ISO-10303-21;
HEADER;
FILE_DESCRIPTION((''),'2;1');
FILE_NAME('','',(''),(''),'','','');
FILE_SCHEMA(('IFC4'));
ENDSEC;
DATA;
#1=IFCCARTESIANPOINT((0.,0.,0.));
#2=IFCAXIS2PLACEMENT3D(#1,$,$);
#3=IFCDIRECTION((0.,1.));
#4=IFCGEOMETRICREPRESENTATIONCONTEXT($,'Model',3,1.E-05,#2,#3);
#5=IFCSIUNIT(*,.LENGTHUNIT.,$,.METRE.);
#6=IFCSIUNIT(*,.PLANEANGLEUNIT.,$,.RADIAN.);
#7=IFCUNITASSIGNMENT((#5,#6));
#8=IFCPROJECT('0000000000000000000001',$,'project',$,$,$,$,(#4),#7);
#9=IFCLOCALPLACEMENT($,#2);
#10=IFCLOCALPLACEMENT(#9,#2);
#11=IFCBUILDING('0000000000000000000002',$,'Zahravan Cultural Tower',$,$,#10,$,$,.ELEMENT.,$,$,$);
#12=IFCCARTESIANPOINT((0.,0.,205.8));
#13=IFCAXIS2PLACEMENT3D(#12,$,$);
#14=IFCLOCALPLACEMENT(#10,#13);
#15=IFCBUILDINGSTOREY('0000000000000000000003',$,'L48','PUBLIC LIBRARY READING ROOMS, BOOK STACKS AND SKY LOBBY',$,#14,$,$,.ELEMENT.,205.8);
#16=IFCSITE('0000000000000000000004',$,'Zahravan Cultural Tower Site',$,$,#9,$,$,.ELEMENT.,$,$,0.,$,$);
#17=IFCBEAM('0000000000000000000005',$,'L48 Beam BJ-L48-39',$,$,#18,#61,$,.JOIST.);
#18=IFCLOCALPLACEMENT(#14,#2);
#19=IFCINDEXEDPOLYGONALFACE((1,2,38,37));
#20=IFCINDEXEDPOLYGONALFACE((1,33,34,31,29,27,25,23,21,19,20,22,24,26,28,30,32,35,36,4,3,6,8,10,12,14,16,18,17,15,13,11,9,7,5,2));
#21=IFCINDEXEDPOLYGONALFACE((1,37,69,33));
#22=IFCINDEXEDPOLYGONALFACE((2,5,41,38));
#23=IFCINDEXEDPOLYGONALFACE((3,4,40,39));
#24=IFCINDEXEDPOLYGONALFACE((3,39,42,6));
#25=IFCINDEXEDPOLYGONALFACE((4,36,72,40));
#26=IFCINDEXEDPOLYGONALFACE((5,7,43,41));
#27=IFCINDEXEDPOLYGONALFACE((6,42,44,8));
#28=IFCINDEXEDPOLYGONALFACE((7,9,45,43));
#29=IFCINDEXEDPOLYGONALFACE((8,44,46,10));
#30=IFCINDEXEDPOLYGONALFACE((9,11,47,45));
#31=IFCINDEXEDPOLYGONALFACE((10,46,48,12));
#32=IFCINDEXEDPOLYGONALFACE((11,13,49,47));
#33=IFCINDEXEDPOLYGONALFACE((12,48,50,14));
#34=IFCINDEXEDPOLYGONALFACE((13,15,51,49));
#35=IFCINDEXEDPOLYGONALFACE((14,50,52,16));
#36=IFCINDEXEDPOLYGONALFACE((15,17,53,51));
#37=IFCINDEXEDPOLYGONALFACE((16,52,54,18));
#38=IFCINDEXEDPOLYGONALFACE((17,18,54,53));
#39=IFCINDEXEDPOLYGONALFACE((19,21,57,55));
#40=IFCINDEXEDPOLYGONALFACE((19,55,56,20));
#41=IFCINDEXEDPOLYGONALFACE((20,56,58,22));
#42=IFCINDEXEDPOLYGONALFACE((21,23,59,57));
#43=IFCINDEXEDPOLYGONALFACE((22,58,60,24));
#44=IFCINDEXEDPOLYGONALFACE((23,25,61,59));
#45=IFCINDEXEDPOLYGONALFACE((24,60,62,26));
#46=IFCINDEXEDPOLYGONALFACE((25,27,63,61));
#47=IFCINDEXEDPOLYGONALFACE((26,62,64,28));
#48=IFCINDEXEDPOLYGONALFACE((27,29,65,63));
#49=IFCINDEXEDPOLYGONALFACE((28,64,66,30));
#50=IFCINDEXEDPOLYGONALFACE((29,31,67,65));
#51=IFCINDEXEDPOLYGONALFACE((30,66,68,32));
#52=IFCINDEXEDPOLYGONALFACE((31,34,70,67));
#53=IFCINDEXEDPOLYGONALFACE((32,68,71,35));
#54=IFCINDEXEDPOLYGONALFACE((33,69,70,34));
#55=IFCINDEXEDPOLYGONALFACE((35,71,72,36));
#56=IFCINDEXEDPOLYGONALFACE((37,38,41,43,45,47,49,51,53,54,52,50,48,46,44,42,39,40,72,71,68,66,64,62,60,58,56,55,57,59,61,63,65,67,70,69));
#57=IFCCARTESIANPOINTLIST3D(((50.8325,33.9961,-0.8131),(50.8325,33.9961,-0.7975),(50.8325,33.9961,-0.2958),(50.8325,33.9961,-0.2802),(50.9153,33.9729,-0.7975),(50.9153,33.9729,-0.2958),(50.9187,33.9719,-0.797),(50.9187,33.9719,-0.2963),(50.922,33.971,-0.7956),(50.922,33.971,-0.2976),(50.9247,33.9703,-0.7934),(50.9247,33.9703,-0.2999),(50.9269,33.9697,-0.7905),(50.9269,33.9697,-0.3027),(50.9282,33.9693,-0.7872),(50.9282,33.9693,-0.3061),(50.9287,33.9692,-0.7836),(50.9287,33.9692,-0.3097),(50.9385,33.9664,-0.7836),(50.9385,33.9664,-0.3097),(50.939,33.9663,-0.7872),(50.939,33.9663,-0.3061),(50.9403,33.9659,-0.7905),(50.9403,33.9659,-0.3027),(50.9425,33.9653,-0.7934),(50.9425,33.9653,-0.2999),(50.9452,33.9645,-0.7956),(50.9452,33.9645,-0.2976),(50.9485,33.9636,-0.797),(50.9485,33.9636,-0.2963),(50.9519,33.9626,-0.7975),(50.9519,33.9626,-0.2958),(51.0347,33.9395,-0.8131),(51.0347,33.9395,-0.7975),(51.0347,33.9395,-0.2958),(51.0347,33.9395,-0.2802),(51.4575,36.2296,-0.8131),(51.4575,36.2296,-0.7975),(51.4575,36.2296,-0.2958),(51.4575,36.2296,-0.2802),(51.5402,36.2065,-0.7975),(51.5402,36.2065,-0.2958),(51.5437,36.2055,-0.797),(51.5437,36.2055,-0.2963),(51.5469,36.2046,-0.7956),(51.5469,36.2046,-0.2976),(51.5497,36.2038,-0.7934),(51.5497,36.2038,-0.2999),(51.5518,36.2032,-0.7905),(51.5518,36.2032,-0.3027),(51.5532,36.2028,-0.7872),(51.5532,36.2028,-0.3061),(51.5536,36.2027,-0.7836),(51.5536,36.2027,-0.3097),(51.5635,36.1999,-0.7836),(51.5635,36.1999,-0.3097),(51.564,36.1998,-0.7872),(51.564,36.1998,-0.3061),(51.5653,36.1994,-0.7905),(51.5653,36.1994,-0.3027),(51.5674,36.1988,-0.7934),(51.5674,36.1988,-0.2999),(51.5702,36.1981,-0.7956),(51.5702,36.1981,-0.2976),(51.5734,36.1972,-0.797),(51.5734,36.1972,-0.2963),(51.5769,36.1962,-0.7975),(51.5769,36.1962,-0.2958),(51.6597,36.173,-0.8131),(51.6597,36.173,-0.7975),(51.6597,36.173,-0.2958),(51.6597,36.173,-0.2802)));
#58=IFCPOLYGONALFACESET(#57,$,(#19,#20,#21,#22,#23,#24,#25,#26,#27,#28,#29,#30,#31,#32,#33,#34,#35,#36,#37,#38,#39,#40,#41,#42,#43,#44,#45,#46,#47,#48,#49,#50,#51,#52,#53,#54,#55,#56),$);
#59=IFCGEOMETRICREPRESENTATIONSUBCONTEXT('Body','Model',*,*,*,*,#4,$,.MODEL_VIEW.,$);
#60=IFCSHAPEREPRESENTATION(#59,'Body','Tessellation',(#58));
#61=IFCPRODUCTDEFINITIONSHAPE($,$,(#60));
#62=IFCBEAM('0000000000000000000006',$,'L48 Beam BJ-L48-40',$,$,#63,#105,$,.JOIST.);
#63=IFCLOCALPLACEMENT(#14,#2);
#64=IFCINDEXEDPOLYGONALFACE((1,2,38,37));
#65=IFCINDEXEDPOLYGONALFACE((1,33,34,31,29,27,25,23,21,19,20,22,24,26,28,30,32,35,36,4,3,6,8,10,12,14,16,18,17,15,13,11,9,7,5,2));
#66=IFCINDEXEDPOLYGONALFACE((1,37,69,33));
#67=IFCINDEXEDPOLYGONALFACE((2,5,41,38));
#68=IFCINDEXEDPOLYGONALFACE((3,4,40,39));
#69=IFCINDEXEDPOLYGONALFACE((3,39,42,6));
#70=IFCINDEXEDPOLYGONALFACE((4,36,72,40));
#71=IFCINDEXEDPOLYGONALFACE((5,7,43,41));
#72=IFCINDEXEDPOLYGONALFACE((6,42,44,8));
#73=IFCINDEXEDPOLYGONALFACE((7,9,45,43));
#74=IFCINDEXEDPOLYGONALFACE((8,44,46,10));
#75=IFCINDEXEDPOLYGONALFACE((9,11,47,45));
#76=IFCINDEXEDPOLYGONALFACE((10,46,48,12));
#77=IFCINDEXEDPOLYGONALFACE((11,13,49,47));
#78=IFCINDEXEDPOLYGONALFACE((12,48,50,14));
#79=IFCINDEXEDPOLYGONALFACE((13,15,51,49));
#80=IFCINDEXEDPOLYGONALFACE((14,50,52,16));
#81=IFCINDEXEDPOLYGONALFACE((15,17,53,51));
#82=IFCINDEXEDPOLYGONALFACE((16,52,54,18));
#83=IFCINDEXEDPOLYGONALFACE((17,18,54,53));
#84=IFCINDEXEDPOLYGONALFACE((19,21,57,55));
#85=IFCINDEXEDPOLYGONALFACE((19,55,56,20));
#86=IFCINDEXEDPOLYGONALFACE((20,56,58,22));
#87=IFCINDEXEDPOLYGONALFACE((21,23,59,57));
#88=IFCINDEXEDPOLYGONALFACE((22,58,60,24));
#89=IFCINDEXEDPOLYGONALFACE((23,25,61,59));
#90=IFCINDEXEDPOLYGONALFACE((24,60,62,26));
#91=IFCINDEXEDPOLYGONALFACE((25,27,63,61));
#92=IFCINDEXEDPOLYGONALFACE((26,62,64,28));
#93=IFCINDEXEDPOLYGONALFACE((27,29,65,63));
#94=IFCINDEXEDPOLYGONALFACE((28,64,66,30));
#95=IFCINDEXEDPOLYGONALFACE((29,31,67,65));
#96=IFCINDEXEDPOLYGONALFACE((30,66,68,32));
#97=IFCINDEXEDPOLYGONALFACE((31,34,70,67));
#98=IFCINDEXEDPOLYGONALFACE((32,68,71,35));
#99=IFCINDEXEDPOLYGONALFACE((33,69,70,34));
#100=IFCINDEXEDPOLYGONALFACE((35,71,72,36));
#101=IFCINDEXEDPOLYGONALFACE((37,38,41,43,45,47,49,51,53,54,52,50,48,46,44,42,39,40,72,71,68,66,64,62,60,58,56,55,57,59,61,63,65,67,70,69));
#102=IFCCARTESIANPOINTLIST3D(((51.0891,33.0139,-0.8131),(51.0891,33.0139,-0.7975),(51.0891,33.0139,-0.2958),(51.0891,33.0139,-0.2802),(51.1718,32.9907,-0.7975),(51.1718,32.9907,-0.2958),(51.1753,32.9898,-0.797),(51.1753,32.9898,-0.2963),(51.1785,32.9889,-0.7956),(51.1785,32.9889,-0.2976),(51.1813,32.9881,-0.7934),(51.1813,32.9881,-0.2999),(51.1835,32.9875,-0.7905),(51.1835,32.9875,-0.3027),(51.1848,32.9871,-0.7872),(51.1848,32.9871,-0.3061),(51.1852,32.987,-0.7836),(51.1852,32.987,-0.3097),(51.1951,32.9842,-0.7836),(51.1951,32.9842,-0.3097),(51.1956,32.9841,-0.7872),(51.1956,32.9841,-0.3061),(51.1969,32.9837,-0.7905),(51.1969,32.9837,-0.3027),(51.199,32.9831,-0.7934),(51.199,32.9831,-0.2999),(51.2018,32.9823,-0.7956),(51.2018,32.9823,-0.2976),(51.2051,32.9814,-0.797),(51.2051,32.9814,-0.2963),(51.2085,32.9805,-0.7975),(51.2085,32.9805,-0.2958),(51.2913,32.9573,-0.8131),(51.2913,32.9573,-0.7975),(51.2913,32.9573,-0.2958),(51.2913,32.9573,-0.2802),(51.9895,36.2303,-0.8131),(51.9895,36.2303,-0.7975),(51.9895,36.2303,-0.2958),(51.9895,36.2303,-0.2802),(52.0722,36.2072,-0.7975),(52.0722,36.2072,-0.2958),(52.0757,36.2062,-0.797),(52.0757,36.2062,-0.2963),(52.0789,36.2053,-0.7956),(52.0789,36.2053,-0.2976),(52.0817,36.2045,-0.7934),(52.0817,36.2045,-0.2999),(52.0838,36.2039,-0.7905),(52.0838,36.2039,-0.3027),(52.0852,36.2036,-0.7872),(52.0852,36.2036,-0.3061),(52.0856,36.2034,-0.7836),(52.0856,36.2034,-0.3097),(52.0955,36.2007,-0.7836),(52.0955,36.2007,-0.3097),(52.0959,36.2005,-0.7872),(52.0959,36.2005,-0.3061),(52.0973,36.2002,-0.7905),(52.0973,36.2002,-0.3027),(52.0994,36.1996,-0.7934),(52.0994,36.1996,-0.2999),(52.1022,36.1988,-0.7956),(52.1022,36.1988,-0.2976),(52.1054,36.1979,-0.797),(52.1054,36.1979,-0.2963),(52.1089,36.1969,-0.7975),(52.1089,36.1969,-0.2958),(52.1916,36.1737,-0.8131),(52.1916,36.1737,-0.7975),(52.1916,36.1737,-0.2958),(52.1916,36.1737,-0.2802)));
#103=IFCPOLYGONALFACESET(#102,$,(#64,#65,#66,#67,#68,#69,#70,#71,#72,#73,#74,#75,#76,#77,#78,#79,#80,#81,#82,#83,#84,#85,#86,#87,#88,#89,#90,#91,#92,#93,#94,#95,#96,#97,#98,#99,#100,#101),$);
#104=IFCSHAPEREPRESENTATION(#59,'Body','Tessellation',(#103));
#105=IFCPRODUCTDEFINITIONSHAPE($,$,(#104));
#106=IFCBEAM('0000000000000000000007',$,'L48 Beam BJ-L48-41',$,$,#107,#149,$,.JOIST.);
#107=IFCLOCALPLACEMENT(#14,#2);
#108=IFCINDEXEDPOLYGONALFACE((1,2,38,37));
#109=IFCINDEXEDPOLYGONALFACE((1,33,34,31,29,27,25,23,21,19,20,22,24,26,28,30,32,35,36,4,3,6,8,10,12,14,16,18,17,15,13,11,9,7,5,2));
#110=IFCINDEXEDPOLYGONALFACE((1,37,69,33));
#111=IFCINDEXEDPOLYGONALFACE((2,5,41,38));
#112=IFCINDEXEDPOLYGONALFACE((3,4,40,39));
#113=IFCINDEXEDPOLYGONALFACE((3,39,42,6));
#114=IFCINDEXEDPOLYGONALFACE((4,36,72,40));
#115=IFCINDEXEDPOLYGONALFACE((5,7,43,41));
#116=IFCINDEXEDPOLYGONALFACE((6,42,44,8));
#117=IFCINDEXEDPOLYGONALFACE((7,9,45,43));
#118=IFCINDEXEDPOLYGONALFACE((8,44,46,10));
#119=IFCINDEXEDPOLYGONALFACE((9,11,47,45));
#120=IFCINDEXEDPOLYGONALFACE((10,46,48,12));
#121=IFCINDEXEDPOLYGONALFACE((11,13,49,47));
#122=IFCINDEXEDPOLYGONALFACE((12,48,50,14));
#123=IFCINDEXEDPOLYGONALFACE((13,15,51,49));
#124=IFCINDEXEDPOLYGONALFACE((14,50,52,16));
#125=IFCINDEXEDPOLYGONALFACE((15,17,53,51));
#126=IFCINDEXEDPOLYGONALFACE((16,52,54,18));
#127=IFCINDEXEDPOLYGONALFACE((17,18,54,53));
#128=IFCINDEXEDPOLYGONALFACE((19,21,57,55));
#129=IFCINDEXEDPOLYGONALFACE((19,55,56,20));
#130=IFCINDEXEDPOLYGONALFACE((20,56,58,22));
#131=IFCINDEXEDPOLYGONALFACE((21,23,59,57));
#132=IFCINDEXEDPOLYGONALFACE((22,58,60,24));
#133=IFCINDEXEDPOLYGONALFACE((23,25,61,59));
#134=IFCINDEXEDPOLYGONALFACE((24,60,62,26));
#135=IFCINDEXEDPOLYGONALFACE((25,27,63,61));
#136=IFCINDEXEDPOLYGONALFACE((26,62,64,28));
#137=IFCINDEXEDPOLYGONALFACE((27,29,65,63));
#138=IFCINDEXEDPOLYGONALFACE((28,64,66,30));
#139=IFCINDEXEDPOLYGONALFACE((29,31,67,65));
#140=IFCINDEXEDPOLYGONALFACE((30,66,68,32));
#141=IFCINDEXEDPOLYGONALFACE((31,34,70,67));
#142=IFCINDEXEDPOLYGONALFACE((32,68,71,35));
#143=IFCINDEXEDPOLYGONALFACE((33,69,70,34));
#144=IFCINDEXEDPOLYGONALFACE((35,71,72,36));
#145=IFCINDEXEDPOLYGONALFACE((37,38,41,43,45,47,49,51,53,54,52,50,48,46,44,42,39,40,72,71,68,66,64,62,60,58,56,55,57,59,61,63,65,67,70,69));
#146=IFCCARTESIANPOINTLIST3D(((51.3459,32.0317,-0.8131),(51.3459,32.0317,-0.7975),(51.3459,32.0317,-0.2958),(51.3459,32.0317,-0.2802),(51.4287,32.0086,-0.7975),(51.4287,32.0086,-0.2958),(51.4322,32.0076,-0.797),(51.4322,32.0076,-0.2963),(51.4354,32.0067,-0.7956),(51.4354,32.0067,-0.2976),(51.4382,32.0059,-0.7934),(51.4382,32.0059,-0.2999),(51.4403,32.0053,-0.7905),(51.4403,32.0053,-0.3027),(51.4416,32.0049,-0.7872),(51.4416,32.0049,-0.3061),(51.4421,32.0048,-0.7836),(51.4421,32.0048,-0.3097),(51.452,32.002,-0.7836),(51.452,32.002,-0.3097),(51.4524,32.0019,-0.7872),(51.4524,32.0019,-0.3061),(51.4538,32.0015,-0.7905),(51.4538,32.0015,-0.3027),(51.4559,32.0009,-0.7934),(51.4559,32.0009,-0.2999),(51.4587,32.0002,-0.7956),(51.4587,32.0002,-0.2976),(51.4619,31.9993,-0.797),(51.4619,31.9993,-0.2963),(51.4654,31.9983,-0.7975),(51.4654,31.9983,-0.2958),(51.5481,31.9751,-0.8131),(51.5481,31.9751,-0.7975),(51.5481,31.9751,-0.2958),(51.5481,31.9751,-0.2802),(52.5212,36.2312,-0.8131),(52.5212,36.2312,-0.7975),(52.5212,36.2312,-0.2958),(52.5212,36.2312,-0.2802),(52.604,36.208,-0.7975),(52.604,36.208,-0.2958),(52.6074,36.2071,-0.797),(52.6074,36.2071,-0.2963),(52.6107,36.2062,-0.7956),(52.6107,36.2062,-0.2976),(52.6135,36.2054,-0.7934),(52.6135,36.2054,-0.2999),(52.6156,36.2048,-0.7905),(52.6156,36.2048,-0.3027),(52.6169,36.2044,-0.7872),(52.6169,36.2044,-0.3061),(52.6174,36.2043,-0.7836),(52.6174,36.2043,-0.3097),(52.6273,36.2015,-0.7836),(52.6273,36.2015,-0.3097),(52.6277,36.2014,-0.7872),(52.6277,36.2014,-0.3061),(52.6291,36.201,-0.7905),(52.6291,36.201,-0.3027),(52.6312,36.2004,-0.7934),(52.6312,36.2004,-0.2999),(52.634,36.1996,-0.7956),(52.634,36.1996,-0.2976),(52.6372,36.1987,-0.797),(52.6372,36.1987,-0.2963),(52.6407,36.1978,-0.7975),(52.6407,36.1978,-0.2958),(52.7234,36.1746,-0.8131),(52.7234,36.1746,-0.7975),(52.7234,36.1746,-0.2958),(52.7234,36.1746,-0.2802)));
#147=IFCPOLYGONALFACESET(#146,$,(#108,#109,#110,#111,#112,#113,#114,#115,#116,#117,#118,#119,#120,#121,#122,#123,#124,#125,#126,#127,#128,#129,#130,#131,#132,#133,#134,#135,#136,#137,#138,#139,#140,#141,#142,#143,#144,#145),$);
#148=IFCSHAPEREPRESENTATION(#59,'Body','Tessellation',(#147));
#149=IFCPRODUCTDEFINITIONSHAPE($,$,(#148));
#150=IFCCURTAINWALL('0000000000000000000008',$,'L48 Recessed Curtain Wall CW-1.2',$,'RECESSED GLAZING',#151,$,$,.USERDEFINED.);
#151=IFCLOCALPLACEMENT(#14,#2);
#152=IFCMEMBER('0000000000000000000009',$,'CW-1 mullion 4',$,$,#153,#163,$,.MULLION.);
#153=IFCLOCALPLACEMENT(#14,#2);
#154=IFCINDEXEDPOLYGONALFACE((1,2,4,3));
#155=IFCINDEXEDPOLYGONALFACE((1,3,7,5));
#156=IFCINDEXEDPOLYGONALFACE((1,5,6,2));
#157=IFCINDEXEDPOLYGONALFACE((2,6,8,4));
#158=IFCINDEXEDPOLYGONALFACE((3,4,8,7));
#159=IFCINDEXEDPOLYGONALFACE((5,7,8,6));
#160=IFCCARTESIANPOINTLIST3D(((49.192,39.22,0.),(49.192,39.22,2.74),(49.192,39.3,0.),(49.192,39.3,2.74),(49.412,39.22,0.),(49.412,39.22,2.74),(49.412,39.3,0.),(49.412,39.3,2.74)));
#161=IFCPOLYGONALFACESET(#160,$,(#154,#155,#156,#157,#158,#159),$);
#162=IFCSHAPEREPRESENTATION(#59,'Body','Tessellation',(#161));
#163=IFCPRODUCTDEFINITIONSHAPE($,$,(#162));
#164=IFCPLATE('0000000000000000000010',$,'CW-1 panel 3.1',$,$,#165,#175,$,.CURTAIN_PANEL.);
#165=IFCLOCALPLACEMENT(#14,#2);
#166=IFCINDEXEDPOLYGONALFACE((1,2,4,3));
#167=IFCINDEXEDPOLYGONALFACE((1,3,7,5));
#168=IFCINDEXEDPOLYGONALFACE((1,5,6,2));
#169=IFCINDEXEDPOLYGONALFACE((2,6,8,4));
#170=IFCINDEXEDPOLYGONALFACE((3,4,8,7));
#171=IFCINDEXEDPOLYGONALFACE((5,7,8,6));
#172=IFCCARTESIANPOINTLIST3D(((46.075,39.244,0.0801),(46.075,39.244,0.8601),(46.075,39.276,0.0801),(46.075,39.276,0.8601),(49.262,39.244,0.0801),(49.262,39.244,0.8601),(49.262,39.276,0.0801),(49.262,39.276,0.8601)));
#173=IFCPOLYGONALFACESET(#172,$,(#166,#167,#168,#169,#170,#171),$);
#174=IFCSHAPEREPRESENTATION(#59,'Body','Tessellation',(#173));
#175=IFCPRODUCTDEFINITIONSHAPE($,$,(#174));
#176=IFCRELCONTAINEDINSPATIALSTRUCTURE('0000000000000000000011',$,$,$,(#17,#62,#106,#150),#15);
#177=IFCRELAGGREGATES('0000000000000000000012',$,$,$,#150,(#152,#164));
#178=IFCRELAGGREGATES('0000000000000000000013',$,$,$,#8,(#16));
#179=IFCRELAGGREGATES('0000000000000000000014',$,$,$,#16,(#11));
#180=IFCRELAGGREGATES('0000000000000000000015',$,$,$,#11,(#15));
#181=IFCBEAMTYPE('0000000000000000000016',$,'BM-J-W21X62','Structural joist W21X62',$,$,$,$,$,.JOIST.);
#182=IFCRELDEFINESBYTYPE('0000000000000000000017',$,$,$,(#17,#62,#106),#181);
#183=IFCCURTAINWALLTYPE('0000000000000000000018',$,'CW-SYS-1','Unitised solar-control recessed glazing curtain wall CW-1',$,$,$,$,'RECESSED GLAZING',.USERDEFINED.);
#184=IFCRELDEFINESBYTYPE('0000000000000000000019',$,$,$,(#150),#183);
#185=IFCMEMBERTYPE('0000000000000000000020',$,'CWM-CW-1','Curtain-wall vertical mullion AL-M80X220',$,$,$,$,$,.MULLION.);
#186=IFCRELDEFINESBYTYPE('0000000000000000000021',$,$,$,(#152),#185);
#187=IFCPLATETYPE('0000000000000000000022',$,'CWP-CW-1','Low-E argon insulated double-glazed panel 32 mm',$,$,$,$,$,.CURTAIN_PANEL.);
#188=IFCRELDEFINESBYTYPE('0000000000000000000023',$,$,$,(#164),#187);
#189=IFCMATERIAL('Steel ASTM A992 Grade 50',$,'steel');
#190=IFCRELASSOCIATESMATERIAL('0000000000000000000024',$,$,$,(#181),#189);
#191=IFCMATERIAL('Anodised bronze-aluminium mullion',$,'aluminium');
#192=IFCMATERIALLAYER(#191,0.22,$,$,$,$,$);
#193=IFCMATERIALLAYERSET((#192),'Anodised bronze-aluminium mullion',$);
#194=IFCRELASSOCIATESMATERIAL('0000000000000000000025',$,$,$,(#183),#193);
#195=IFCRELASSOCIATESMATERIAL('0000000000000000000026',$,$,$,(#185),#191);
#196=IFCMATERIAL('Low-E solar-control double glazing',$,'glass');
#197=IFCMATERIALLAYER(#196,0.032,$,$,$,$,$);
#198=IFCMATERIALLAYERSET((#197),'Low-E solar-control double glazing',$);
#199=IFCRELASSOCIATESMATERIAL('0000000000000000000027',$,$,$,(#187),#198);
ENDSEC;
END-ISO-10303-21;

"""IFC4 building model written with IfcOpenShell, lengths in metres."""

from ifc_helpers import new_model, si_unit, direction, frame, origin, origin_2d, place, context, subcontext, project, spatial, rectangle, i_section, extrude, source, transform, mapped, material, layer, layer_set, material_profile, profile_set, type_object, element, aggregate, save


model = new_model("IFC4")

# Units and contexts
model_context = context("Model", 3, precision=1e-05, world=origin(), true_north=direction((0.0, 1.0)))
body_context = subcontext(model_context, "Body", "Model", "MODEL_VIEW")
ifc_project = project(units=[si_unit("LENGTHUNIT", "METRE"), si_unit("PLANEANGLEUNIT", "RADIAN")], contexts=[model_context])

# Site, building, storey
site_placement = place(None, origin())
site = spatial("IfcSite", under=ifc_project, at=site_placement, Name="Zahravan Cultural Tower Site", CompositionType="ELEMENT", RefElevation=0.0)
building_placement = place(site_placement, origin())
building = spatial("IfcBuilding", under=site, at=building_placement, Name="Zahravan Cultural Tower", CompositionType="ELEMENT")
storey_placement = place(building_placement, frame((0.0, 0.0, 205.8)))
storey = spatial("IfcBuildingStorey", under=building, at=storey_placement, Name="L48", Description="PUBLIC LIBRARY READING ROOMS, BOOK STACKS AND SKY LOBBY", CompositionType="ELEMENT", Elevation=205.8)

# Beams
ifc_material_1 = material(Name="Steel ASTM A992 Grade 50", Category="steel")
ifc_material_profile_1 = material_profile(ifc_material_1, i_section(OverallWidth=0.21, OverallDepth=0.533, WebThickness=0.0103, FlangeThickness=0.0156, FilletRadius=0.0139, at=origin_2d()), Name="W21X62")
ifc_profile_set_1 = profile_set([ifc_material_profile_1], Name="Steel ASTM A992 Grade 50")
beam_type_1 = type_object("IfcBeamType", Name="BM-J-W21X62", Description="Structural joist W21X62", PredefinedType="JOIST", material=ifc_profile_set_1)
shared_shape_1 = source(origin(), body_context, "Body", "SweptSolid", [
    extrude(i_section(OverallWidth=0.21, OverallDepth=0.533, WebThickness=0.0103, FlangeThickness=0.0156, FilletRadius=0.0139, at=origin_2d()), origin(), (0.0, 0.0, 1.0), 2.3193),
])
beam_1_placement = place(storey_placement, frame((50.9336, 33.9678, -0.5466), z_axis=(0.269462, 0.963011, 0.0), x_axis=(-0.963011, 0.269462, 0.0)))
element("IfcBeam", 1, at=beam_1_placement, inside=storey, type_object=beam_type_1, Name="L48 Beam BJ-L48-39", PredefinedType="JOIST", context=body_context, shape_type="MappedRepresentation", body=[
    mapped(shared_shape_1, transform((0.0, 0.0, 0.0), x_axis=(1.0, 0.0, 0.0), y_axis=(0.0, 1.0, 0.0), z_axis=(0.0, 0.0, 1.0), scale=1.0)),
])
shared_shape_2 = source(origin(), body_context, "Body", "SweptSolid", [
    extrude(i_section(OverallWidth=0.21, OverallDepth=0.533, WebThickness=0.0103, FlangeThickness=0.0156, FilletRadius=0.0139, at=origin_2d()), origin(), (0.0, 0.0, 1.0), 3.3401),
])
beam_2_placement = place(storey_placement, frame((51.1902, 32.9856, -0.5466), z_axis=(0.269562, 0.962983, 0.0), x_axis=(-0.962983, 0.269562, 0.0)))
element("IfcBeam", 2, at=beam_2_placement, inside=storey, type_object=beam_type_1, Name="L48 Beam BJ-L48-40", PredefinedType="JOIST", context=body_context, shape_type="MappedRepresentation", body=[
    mapped(shared_shape_2, transform((0.0, 0.0, 0.0), x_axis=(1.0, 0.0, 0.0), y_axis=(0.0, 1.0, 0.0), z_axis=(0.0, 0.0, 1.0), scale=1.0)),
])
shared_shape_3 = source(origin(), body_context, "Body", "SweptSolid", [
    extrude(i_section(OverallWidth=0.21, OverallDepth=0.533, WebThickness=0.0103, FlangeThickness=0.0156, FilletRadius=0.0139, at=origin_2d()), origin(), (0.0, 0.0, 1.0), 4.3608),
])
beam_3_placement = place(storey_placement, frame((51.447, 32.0034, -0.5466), z_axis=(0.269512, 0.962997, 0.0), x_axis=(-0.962997, 0.269512, 0.0)))
element("IfcBeam", 3, at=beam_3_placement, inside=storey, type_object=beam_type_1, Name="L48 Beam BJ-L48-41", PredefinedType="JOIST", context=body_context, shape_type="MappedRepresentation", body=[
    mapped(shared_shape_3, transform((0.0, 0.0, 0.0), x_axis=(1.0, 0.0, 0.0), y_axis=(0.0, 1.0, 0.0), z_axis=(0.0, 0.0, 1.0), scale=1.0)),
])

# Curtain wall, member, plate
ifc_material_2 = material(Name="Anodised bronze-aluminium mullion", Category="aluminium")
ifc_layer_1 = layer(ifc_material_2, 0.22)
ifc_layer_set_1 = layer_set([ifc_layer_1], Name="Anodised bronze-aluminium mullion")
curtain_wall_type = type_object("IfcCurtainWallType", Name="CW-SYS-1", Description="Unitised solar-control recessed glazing curtain wall CW-1", ElementType="RECESSED GLAZING", PredefinedType="USERDEFINED", material=ifc_layer_set_1)
curtain_wall_placement = place(storey_placement, origin())
curtain_wall = element("IfcCurtainWall", 4, at=curtain_wall_placement, inside=storey, type_object=curtain_wall_type, Name="L48 Recessed Curtain Wall CW-1.2", ObjectType="RECESSED GLAZING", PredefinedType="USERDEFINED")
ifc_material_profile_2 = material_profile(ifc_material_2, rectangle(XDim=0.0801, YDim=0.22, at=origin_2d()), Name="AL-M80X220")
ifc_profile_set_2 = profile_set([ifc_material_profile_2], Name="Anodised bronze-aluminium mullion")
member_type = type_object("IfcMemberType", Name="CWM-CW-1", Description="Curtain-wall vertical mullion AL-M80X220", PredefinedType="MULLION", material=ifc_profile_set_2)
shared_shape_4 = source(origin(), body_context, "Body", "SweptSolid", [
    extrude(rectangle(XDim=0.0801, YDim=0.22, at=origin_2d()), origin(), (0.0, 0.0, 1.0), 2.74),
])
member_placement = place(storey_placement, frame((49.302, 39.26, 0.0), z_axis=(0.0, 0.0, 1.0), x_axis=(0.0, 1.0, 0.0)))
member = element("IfcMember", 5, at=member_placement, type_object=member_type, Name="CW-1 mullion 4", PredefinedType="MULLION", context=body_context, shape_type="MappedRepresentation", body=[
    mapped(shared_shape_4, transform((0.0, 0.0, 0.0), x_axis=(1.0, 0.0, 0.0), y_axis=(0.0, 1.0, 0.0), z_axis=(0.0, 0.0, 1.0), scale=1.0)),
])
ifc_material_3 = material(Name="Low-E solar-control double glazing", Category="glass")
ifc_layer_2 = layer(ifc_material_3, 0.032)
ifc_layer_set_2 = layer_set([ifc_layer_2], Name="Low-E solar-control double glazing")
plate_type = type_object("IfcPlateType", Name="CWP-CW-1", Description="Low-E argon insulated double-glazed panel 32 mm", PredefinedType="CURTAIN_PANEL", material=ifc_layer_set_2)
shared_shape_5 = source(origin(), body_context, "Body", "SweptSolid", [
    extrude(rectangle(XDim=3.187, YDim=0.032, at=origin_2d()), origin(), (0.0, 0.0, 1.0), 0.78),
])
plate_1_placement = place(storey_placement, frame((47.6685, 39.26, 0.0801), z_axis=(0.0, 0.0, 1.0), x_axis=(1.0, 0.0, 0.0)))
plate_1 = element("IfcPlate", 6, at=plate_1_placement, type_object=plate_type, Name="CW-1 panel 3.1", PredefinedType="CURTAIN_PANEL", context=body_context, shape_type="MappedRepresentation", body=[
    mapped(shared_shape_5, transform((0.0, 0.0, 0.0), x_axis=(1.0, 0.0, 0.0), y_axis=(0.0, 1.0, 0.0), z_axis=(0.0, 0.0, 1.0), scale=1.0)),
])
aggregate(curtain_wall, [member, plate_1])

save(model, "model.ifc")
